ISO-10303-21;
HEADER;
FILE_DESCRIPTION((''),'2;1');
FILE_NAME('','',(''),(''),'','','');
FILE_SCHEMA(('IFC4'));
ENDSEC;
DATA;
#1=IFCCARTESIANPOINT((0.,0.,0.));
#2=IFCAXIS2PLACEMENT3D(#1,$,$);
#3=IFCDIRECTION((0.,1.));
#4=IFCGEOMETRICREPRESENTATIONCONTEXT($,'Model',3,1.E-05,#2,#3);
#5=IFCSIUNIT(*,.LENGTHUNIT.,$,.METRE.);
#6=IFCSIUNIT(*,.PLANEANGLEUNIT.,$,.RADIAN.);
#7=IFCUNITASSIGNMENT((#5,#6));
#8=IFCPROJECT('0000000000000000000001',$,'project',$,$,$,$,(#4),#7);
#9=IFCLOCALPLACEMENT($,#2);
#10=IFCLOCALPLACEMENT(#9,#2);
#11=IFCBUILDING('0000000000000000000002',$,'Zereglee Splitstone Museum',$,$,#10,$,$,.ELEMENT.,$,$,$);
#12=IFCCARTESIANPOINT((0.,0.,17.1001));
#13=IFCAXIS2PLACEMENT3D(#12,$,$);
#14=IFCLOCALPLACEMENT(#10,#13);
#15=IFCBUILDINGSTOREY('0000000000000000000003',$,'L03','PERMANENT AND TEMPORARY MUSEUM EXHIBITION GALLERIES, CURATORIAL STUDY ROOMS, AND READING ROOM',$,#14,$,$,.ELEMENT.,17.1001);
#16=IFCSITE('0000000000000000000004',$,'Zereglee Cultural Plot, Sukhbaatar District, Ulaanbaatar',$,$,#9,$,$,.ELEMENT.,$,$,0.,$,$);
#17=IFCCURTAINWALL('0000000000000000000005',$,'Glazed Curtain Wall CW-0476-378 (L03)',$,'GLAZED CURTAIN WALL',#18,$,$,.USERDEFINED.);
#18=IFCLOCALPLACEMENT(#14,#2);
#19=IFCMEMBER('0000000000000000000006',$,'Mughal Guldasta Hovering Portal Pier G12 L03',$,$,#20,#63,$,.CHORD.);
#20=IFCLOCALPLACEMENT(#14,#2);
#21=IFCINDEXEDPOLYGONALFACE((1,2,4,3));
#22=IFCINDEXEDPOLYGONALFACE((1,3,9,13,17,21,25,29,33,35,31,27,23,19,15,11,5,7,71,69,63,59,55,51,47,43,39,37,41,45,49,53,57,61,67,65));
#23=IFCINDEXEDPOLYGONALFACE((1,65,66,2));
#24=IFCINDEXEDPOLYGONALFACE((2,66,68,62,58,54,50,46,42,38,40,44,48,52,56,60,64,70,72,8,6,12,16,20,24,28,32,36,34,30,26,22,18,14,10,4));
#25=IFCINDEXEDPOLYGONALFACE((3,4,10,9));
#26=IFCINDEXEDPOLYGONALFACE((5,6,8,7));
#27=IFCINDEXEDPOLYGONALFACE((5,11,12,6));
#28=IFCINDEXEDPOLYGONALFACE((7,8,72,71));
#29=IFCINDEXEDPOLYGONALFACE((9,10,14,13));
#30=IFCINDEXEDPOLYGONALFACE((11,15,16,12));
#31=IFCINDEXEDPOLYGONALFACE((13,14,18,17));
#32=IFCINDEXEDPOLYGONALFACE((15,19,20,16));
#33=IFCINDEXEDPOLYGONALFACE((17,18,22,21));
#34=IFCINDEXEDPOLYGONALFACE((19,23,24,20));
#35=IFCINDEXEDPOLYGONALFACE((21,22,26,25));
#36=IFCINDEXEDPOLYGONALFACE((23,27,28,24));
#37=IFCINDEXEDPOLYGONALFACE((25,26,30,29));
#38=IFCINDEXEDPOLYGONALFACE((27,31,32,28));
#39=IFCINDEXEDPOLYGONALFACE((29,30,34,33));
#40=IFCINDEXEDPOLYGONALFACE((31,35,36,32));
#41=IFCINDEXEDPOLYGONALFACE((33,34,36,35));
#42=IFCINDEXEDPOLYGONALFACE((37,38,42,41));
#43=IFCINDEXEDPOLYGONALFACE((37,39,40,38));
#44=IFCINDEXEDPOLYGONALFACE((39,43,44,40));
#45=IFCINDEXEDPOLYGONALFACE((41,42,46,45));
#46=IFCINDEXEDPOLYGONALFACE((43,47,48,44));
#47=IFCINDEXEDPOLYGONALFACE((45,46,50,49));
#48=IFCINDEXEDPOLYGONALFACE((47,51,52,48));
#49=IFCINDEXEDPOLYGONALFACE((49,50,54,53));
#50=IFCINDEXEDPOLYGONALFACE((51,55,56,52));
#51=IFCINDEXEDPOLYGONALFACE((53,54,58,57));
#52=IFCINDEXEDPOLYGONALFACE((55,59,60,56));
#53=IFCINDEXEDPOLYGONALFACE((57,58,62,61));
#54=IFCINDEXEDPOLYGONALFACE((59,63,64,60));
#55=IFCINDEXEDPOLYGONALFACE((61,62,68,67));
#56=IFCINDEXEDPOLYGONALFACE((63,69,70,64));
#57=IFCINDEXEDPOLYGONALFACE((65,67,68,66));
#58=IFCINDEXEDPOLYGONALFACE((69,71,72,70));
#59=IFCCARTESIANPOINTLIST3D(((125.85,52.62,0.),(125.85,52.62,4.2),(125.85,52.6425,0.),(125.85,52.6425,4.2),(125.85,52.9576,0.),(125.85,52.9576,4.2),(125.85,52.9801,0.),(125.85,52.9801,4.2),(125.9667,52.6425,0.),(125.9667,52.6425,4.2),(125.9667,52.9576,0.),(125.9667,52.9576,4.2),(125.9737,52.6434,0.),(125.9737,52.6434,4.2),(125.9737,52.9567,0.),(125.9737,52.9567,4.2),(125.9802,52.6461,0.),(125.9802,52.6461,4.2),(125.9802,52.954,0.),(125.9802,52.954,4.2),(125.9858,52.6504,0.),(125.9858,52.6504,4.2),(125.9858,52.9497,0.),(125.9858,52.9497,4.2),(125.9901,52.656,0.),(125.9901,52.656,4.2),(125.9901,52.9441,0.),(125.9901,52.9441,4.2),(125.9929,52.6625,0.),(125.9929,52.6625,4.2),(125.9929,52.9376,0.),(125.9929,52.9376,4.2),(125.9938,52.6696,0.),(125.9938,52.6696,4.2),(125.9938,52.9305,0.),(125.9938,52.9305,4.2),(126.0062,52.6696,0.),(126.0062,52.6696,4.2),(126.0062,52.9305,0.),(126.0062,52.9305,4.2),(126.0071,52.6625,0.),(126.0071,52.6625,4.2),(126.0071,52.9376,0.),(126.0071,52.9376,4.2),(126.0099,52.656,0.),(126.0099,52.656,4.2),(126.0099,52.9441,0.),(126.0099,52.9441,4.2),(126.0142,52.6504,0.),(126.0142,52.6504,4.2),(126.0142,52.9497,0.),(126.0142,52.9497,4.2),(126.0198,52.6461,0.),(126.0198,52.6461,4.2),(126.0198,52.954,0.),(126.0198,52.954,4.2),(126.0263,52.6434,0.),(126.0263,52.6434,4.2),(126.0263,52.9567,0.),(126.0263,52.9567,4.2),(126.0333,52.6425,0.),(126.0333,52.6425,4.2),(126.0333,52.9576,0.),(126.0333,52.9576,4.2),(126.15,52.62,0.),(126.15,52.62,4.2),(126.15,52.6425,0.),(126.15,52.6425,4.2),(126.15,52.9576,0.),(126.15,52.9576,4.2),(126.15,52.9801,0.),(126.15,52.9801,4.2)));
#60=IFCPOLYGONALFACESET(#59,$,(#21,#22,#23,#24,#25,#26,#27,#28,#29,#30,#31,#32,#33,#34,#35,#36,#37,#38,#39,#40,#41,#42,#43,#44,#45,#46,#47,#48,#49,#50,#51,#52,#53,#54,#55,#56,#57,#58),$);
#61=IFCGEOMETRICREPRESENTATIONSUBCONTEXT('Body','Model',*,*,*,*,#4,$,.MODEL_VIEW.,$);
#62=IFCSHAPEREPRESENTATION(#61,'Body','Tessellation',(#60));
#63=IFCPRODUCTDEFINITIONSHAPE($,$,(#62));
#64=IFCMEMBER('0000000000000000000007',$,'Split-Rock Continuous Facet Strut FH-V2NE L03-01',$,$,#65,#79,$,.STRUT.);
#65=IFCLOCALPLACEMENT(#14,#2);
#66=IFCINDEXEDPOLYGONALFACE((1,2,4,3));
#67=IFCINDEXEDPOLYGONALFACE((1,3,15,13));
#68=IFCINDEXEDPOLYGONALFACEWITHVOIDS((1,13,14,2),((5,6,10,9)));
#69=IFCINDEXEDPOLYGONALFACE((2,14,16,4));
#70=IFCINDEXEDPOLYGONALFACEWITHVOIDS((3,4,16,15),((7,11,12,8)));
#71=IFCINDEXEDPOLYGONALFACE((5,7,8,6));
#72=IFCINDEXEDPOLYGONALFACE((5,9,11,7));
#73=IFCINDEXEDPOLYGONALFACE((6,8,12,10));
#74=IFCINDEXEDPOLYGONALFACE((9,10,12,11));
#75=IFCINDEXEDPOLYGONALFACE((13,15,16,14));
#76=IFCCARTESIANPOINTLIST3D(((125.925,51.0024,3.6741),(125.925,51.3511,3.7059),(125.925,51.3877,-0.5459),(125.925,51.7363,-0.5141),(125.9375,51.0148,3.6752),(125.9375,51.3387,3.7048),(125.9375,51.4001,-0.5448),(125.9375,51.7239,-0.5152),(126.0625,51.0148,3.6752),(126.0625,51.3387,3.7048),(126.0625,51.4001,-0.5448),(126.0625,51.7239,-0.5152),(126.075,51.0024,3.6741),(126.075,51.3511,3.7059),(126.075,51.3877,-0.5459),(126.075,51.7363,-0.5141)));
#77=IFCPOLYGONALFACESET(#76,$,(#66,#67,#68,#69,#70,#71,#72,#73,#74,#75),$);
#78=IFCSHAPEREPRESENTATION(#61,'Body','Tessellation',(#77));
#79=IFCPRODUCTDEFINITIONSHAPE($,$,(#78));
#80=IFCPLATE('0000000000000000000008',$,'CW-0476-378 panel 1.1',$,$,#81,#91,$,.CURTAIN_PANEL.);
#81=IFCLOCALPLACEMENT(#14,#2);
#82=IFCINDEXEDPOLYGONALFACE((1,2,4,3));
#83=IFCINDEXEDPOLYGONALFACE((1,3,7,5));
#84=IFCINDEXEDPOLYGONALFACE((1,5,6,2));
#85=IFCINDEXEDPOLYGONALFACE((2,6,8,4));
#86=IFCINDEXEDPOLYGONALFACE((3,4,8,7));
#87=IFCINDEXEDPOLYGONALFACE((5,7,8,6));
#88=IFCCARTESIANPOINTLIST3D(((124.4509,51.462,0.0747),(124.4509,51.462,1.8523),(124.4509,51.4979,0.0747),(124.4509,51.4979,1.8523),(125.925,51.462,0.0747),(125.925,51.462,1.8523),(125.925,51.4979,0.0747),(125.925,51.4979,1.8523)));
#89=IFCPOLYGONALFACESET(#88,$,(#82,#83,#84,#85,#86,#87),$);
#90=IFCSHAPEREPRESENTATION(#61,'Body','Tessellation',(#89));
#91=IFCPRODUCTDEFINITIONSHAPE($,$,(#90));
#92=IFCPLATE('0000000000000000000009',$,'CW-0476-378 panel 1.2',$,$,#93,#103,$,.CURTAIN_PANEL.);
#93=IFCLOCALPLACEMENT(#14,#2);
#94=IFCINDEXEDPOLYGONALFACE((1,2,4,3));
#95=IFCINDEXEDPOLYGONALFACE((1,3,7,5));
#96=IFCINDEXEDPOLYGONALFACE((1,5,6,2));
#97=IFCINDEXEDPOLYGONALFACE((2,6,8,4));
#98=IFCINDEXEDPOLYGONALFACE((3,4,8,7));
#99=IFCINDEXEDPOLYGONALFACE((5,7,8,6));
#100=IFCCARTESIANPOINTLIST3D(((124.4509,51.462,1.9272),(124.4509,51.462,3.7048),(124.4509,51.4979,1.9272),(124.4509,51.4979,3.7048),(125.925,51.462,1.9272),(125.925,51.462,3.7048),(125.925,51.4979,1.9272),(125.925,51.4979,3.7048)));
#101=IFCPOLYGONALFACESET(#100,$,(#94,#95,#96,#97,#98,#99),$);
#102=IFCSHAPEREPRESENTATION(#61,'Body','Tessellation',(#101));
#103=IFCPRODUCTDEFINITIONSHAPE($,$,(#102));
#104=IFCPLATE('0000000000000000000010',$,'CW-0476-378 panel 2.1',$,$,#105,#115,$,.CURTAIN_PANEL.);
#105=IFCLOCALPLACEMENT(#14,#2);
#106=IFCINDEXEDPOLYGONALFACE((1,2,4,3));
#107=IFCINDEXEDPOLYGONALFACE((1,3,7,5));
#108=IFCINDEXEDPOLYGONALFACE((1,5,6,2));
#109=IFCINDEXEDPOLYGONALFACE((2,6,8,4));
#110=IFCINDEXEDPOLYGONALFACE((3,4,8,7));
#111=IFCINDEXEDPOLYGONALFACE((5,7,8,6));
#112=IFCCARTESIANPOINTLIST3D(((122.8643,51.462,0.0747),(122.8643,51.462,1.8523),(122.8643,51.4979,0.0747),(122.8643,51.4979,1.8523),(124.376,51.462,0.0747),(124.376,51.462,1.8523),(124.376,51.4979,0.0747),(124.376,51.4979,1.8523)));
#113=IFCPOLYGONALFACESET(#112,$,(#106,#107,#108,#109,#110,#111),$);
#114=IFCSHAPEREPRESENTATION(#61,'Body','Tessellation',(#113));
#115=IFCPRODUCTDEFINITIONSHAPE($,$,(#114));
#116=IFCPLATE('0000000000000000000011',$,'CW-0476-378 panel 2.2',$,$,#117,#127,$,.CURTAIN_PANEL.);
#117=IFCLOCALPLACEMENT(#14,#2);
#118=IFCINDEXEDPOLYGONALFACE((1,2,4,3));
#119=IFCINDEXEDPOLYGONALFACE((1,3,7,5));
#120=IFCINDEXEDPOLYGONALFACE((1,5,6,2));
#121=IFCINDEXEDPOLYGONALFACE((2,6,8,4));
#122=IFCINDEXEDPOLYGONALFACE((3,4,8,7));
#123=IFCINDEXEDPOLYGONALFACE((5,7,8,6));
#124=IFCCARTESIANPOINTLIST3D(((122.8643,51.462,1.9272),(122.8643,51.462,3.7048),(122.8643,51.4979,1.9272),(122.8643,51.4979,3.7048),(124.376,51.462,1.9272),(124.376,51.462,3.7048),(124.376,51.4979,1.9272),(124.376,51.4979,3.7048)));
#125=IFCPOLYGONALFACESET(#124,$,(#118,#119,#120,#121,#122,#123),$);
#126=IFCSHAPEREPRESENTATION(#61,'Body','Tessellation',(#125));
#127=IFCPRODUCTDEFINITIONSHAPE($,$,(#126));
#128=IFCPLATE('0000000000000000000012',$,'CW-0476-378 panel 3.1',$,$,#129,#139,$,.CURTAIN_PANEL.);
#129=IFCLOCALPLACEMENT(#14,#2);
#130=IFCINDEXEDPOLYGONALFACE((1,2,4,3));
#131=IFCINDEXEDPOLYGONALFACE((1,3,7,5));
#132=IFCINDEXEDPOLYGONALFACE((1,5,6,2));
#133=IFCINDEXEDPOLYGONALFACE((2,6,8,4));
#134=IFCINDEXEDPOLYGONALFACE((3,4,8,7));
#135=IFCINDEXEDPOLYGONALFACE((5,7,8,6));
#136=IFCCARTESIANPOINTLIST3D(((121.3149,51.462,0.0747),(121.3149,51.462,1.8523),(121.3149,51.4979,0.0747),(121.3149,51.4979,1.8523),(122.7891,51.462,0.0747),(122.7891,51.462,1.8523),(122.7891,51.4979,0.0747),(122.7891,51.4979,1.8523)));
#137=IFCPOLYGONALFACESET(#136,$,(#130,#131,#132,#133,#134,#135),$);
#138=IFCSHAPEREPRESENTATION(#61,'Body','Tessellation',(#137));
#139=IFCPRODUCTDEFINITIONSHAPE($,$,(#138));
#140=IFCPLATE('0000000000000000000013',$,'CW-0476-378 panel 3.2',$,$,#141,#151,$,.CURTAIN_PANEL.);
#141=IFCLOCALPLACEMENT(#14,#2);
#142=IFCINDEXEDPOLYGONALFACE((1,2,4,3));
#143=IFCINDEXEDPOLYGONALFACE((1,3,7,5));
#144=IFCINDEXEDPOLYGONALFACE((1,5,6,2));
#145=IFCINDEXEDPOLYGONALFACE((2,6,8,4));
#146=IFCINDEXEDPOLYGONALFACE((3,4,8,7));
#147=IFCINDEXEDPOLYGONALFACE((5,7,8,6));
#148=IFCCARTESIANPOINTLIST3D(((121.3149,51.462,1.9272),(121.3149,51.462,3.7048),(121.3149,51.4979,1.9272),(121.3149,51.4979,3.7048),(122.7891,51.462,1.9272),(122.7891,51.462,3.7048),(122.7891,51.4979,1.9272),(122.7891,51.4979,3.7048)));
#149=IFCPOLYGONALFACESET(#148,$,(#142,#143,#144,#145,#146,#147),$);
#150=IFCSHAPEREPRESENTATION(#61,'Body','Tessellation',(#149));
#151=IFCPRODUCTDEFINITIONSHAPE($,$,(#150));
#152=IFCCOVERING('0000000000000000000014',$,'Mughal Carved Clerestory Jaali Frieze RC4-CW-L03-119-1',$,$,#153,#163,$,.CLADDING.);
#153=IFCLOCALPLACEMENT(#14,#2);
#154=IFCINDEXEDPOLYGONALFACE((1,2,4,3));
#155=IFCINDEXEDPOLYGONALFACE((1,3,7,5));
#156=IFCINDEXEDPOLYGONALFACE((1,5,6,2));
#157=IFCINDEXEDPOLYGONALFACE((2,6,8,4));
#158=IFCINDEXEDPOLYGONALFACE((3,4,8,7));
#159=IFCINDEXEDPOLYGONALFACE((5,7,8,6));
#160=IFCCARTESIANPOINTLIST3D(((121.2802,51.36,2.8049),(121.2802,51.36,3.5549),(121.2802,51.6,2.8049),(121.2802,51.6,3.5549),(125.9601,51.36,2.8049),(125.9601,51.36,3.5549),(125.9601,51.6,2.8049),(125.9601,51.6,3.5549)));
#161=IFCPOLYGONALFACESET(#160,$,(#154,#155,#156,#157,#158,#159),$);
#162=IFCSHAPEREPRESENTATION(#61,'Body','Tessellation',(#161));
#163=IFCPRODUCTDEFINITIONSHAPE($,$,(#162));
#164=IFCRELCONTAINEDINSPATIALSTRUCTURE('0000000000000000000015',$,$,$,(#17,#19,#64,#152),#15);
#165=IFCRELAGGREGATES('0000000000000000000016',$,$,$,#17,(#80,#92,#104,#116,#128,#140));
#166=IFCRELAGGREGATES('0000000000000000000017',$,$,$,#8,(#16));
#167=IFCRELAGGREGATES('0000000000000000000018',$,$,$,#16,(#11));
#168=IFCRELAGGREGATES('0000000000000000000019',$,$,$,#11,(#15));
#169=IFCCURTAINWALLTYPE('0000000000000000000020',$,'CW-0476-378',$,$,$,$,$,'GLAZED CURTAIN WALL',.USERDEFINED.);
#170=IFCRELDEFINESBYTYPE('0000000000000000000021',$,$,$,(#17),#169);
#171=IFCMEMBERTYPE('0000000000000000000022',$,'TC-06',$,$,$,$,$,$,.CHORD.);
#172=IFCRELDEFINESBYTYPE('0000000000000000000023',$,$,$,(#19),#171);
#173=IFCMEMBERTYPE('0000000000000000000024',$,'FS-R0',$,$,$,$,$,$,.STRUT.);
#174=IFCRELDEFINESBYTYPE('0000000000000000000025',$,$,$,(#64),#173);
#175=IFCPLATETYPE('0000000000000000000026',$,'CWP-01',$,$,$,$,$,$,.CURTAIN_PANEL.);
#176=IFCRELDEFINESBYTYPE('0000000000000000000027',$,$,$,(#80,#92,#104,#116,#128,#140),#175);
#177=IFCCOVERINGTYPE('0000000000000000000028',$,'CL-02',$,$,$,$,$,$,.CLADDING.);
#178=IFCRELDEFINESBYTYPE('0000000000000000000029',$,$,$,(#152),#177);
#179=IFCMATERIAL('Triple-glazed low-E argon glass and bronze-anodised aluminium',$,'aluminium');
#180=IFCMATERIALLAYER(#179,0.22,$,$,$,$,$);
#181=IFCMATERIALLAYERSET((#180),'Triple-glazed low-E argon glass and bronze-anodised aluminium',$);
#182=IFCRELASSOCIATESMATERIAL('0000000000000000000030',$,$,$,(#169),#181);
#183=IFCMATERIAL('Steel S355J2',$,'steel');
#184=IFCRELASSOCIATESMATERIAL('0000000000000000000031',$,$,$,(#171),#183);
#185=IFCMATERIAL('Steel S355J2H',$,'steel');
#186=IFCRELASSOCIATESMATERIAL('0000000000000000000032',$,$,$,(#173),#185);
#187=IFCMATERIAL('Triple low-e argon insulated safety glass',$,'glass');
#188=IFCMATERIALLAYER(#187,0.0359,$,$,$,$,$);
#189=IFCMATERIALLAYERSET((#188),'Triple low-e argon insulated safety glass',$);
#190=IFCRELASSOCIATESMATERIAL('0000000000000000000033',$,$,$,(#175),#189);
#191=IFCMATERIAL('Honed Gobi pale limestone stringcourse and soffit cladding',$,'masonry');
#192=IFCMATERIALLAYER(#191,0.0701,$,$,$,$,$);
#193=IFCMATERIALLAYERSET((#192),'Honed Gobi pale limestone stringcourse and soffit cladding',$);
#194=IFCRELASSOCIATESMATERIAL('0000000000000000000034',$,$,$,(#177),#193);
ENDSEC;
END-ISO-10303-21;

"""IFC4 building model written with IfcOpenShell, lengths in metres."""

from ifc_helpers import new_model, si_unit, direction, frame, origin, origin_2d, place, context, subcontext, project, spatial, rectangle, hollow_rectangle, i_section, extrude, material, layer, layer_set, material_profile, profile_set, type_object, element, aggregate, save


model = new_model("IFC4")

# Units and contexts
model_context = context("Model", 3, precision=1e-05, world=origin(), true_north=direction((0.0, 1.0)))
body_context = subcontext(model_context, "Body", "Model", "MODEL_VIEW")
ifc_project = project(units=[si_unit("LENGTHUNIT", "METRE"), si_unit("PLANEANGLEUNIT", "RADIAN")], contexts=[model_context])

# Site, building, storey
site_placement = place(None, origin())
site = spatial("IfcSite", under=ifc_project, at=site_placement, Name="Zereglee Cultural Plot, Sukhbaatar District, Ulaanbaatar", CompositionType="ELEMENT", RefElevation=0.0)
building_placement = place(site_placement, origin())
building = spatial("IfcBuilding", under=site, at=building_placement, Name="Zereglee Splitstone Museum", CompositionType="ELEMENT")
storey_placement = place(building_placement, frame((0.0, 0.0, 17.1001)))
storey = spatial("IfcBuildingStorey", under=building, at=storey_placement, Name="L03", Description="PERMANENT AND TEMPORARY MUSEUM EXHIBITION GALLERIES, CURATORIAL STUDY ROOMS, AND READING ROOM", CompositionType="ELEMENT", Elevation=17.1001)

# Curtain wall
ifc_material_1 = material(Name="Triple-glazed low-E argon glass and bronze-anodised aluminium", Category="aluminium")
ifc_layer_1 = layer(ifc_material_1, 0.22)
ifc_layer_set_1 = layer_set([ifc_layer_1], Name="Triple-glazed low-E argon glass and bronze-anodised aluminium")
curtain_wall_type = type_object("IfcCurtainWallType", Name="CW-0476-378", ElementType="GLAZED CURTAIN WALL", PredefinedType="USERDEFINED", material=ifc_layer_set_1)
curtain_wall_placement = place(storey_placement, origin())
curtain_wall = element("IfcCurtainWall", 1, at=curtain_wall_placement, inside=storey, type_object=curtain_wall_type, Name="Glazed Curtain Wall CW-0476-378 (L03)", ObjectType="GLAZED CURTAIN WALL", PredefinedType="USERDEFINED")

# Members
ifc_material_2 = material(Name="Steel S355J2", Category="steel")
ifc_material_profile_1 = material_profile(ifc_material_2, i_section(OverallWidth=0.3, OverallDepth=0.3601, WebThickness=0.0125, FlangeThickness=0.0225, FilletRadius=0.0271, at=origin_2d()), Name="HE 360 B")
ifc_profile_set_1 = profile_set([ifc_material_profile_1], Name="Steel S355J2")
member_type_1 = type_object("IfcMemberType", Name="TC-06", PredefinedType="CHORD", material=ifc_profile_set_1)
member_1_placement = place(storey_placement, frame((126.0, 52.8, 0.0), z_axis=(0.0, 0.0, 1.0), x_axis=(1.0, 0.0, 0.0)))
element("IfcMember", 2, at=member_1_placement, inside=storey, type_object=member_type_1, Name="Mughal Guldasta Hovering Portal Pier G12 L03", PredefinedType="CHORD", context=body_context, shape_type="SweptSolid", body=[
    extrude(i_section(OverallWidth=0.3, OverallDepth=0.3601, WebThickness=0.0125, FlangeThickness=0.0225, FilletRadius=0.0271, at=origin_2d()), origin(), (0.0, 0.0, 1.0), 4.2),
])
ifc_material_3 = material(Name="Steel S355J2H", Category="steel")
ifc_material_profile_2 = material_profile(ifc_material_3, hollow_rectangle(XDim=0.1499, YDim=0.3501, WallThickness=0.0125, at=origin_2d()), Name="RHS 350x150x12.5")
ifc_profile_set_2 = profile_set([ifc_material_profile_2], Name="Steel S355J2H")
member_type_2 = type_object("IfcMemberType", Name="FS-R0", PredefinedType="STRUT", material=ifc_profile_set_2)
member_2_placement = place(storey_placement, frame((126.0, 51.562, -0.53), z_axis=(0.0, -0.090915, 0.995859), x_axis=(1.0, 0.0, 0.0)))
element("IfcMember", 3, at=member_2_placement, inside=storey, type_object=member_type_2, Name="Split-Rock Continuous Facet Strut FH-V2NE L03-01", PredefinedType="STRUT", context=body_context, shape_type="SweptSolid", body=[
    extrude(hollow_rectangle(XDim=0.1499, YDim=0.3501, WallThickness=0.0125, at=origin_2d()), origin(), (0.0, 0.0, 1.0), 4.2375),
])

# Plates
ifc_material_4 = material(Name="Triple low-e argon insulated safety glass", Category="glass")
ifc_layer_2 = layer(ifc_material_4, 0.0359)
ifc_layer_set_2 = layer_set([ifc_layer_2], Name="Triple low-e argon insulated safety glass")
plate_type = type_object("IfcPlateType", Name="CWP-01", PredefinedType="CURTAIN_PANEL", material=ifc_layer_set_2)
plate_1_placement = place(storey_placement, frame((125.188, 51.48, 0.0747), z_axis=(0.0, 0.0, 1.0), x_axis=(-1.0, 0.0, 0.0)))
plate_1 = element("IfcPlate", 4, at=plate_1_placement, type_object=plate_type, Name="CW-0476-378 panel 1.1", PredefinedType="CURTAIN_PANEL", context=body_context, shape_type="SweptSolid", body=[
    extrude(rectangle(XDim=1.4741, YDim=0.0359, at=origin_2d()), origin(), (0.0, 0.0, 1.0), 1.7776),
])
plate_2_placement = place(storey_placement, frame((125.188, 51.48, 1.9272), z_axis=(0.0, 0.0, 1.0), x_axis=(-1.0, 0.0, 0.0)))
plate_2 = element("IfcPlate", 5, at=plate_2_placement, type_object=plate_type, Name="CW-0476-378 panel 1.2", PredefinedType="CURTAIN_PANEL", context=body_context, shape_type="SweptSolid", body=[
    extrude(rectangle(XDim=1.4741, YDim=0.0359, at=origin_2d()), origin(), (0.0, 0.0, 1.0), 1.7776),
])
plate_3_placement = place(storey_placement, frame((123.6201, 51.48, 0.0747), z_axis=(0.0, 0.0, 1.0), x_axis=(-1.0, 0.0, 0.0)))
plate_3 = element("IfcPlate", 6, at=plate_3_placement, type_object=plate_type, Name="CW-0476-378 panel 2.1", PredefinedType="CURTAIN_PANEL", context=body_context, shape_type="SweptSolid", body=[
    extrude(rectangle(XDim=1.5117, YDim=0.0359, at=origin_2d()), origin(), (0.0, 0.0, 1.0), 1.7776),
])
plate_4_placement = place(storey_placement, frame((123.6201, 51.48, 1.9272), z_axis=(0.0, 0.0, 1.0), x_axis=(-1.0, 0.0, 0.0)))
plate_4 = element("IfcPlate", 7, at=plate_4_placement, type_object=plate_type, Name="CW-0476-378 panel 2.2", PredefinedType="CURTAIN_PANEL", context=body_context, shape_type="SweptSolid", body=[
    extrude(rectangle(XDim=1.5117, YDim=0.0359, at=origin_2d()), origin(), (0.0, 0.0, 1.0), 1.7776),
])
plate_5_placement = place(storey_placement, frame((122.052, 51.48, 0.0747), z_axis=(0.0, 0.0, 1.0), x_axis=(-1.0, 0.0, 0.0)))
plate_5 = element("IfcPlate", 8, at=plate_5_placement, type_object=plate_type, Name="CW-0476-378 panel 3.1", PredefinedType="CURTAIN_PANEL", context=body_context, shape_type="SweptSolid", body=[
    extrude(rectangle(XDim=1.4741, YDim=0.0359, at=origin_2d()), origin(), (0.0, 0.0, 1.0), 1.7776),
])
plate_6_placement = place(storey_placement, frame((122.052, 51.48, 1.9272), z_axis=(0.0, 0.0, 1.0), x_axis=(-1.0, 0.0, 0.0)))
plate_6 = element("IfcPlate", 9, at=plate_6_placement, type_object=plate_type, Name="CW-0476-378 panel 3.2", PredefinedType="CURTAIN_PANEL", context=body_context, shape_type="SweptSolid", body=[
    extrude(rectangle(XDim=1.4741, YDim=0.0359, at=origin_2d()), origin(), (0.0, 0.0, 1.0), 1.7776),
])
aggregate(curtain_wall, [plate_1, plate_2, plate_3, plate_4, plate_5, plate_6])

# Covering
ifc_material_5 = material(Name="Honed Gobi pale limestone stringcourse and soffit cladding", Category="masonry")
ifc_layer_3 = layer(ifc_material_5, 0.0701)
ifc_layer_set_3 = layer_set([ifc_layer_3], Name="Honed Gobi pale limestone stringcourse and soffit cladding")
covering_type = type_object("IfcCoveringType", Name="CL-02", PredefinedType="CLADDING", material=ifc_layer_set_3)
covering_placement = place(storey_placement, frame((123.6201, 51.48, 2.8049), z_axis=(0.0, 0.0, 1.0), x_axis=(-1.0, 0.0, 0.0)))
element("IfcCovering", 10, at=covering_placement, inside=storey, type_object=covering_type, Name="Mughal Carved Clerestory Jaali Frieze RC4-CW-L03-119-1", PredefinedType="CLADDING", context=body_context, shape_type="SweptSolid", body=[
    extrude(rectangle(XDim=4.6799, YDim=0.24, at=origin_2d()), origin(), (0.0, 0.0, 1.0), 0.75),
])

save(model, "model.ifc")
